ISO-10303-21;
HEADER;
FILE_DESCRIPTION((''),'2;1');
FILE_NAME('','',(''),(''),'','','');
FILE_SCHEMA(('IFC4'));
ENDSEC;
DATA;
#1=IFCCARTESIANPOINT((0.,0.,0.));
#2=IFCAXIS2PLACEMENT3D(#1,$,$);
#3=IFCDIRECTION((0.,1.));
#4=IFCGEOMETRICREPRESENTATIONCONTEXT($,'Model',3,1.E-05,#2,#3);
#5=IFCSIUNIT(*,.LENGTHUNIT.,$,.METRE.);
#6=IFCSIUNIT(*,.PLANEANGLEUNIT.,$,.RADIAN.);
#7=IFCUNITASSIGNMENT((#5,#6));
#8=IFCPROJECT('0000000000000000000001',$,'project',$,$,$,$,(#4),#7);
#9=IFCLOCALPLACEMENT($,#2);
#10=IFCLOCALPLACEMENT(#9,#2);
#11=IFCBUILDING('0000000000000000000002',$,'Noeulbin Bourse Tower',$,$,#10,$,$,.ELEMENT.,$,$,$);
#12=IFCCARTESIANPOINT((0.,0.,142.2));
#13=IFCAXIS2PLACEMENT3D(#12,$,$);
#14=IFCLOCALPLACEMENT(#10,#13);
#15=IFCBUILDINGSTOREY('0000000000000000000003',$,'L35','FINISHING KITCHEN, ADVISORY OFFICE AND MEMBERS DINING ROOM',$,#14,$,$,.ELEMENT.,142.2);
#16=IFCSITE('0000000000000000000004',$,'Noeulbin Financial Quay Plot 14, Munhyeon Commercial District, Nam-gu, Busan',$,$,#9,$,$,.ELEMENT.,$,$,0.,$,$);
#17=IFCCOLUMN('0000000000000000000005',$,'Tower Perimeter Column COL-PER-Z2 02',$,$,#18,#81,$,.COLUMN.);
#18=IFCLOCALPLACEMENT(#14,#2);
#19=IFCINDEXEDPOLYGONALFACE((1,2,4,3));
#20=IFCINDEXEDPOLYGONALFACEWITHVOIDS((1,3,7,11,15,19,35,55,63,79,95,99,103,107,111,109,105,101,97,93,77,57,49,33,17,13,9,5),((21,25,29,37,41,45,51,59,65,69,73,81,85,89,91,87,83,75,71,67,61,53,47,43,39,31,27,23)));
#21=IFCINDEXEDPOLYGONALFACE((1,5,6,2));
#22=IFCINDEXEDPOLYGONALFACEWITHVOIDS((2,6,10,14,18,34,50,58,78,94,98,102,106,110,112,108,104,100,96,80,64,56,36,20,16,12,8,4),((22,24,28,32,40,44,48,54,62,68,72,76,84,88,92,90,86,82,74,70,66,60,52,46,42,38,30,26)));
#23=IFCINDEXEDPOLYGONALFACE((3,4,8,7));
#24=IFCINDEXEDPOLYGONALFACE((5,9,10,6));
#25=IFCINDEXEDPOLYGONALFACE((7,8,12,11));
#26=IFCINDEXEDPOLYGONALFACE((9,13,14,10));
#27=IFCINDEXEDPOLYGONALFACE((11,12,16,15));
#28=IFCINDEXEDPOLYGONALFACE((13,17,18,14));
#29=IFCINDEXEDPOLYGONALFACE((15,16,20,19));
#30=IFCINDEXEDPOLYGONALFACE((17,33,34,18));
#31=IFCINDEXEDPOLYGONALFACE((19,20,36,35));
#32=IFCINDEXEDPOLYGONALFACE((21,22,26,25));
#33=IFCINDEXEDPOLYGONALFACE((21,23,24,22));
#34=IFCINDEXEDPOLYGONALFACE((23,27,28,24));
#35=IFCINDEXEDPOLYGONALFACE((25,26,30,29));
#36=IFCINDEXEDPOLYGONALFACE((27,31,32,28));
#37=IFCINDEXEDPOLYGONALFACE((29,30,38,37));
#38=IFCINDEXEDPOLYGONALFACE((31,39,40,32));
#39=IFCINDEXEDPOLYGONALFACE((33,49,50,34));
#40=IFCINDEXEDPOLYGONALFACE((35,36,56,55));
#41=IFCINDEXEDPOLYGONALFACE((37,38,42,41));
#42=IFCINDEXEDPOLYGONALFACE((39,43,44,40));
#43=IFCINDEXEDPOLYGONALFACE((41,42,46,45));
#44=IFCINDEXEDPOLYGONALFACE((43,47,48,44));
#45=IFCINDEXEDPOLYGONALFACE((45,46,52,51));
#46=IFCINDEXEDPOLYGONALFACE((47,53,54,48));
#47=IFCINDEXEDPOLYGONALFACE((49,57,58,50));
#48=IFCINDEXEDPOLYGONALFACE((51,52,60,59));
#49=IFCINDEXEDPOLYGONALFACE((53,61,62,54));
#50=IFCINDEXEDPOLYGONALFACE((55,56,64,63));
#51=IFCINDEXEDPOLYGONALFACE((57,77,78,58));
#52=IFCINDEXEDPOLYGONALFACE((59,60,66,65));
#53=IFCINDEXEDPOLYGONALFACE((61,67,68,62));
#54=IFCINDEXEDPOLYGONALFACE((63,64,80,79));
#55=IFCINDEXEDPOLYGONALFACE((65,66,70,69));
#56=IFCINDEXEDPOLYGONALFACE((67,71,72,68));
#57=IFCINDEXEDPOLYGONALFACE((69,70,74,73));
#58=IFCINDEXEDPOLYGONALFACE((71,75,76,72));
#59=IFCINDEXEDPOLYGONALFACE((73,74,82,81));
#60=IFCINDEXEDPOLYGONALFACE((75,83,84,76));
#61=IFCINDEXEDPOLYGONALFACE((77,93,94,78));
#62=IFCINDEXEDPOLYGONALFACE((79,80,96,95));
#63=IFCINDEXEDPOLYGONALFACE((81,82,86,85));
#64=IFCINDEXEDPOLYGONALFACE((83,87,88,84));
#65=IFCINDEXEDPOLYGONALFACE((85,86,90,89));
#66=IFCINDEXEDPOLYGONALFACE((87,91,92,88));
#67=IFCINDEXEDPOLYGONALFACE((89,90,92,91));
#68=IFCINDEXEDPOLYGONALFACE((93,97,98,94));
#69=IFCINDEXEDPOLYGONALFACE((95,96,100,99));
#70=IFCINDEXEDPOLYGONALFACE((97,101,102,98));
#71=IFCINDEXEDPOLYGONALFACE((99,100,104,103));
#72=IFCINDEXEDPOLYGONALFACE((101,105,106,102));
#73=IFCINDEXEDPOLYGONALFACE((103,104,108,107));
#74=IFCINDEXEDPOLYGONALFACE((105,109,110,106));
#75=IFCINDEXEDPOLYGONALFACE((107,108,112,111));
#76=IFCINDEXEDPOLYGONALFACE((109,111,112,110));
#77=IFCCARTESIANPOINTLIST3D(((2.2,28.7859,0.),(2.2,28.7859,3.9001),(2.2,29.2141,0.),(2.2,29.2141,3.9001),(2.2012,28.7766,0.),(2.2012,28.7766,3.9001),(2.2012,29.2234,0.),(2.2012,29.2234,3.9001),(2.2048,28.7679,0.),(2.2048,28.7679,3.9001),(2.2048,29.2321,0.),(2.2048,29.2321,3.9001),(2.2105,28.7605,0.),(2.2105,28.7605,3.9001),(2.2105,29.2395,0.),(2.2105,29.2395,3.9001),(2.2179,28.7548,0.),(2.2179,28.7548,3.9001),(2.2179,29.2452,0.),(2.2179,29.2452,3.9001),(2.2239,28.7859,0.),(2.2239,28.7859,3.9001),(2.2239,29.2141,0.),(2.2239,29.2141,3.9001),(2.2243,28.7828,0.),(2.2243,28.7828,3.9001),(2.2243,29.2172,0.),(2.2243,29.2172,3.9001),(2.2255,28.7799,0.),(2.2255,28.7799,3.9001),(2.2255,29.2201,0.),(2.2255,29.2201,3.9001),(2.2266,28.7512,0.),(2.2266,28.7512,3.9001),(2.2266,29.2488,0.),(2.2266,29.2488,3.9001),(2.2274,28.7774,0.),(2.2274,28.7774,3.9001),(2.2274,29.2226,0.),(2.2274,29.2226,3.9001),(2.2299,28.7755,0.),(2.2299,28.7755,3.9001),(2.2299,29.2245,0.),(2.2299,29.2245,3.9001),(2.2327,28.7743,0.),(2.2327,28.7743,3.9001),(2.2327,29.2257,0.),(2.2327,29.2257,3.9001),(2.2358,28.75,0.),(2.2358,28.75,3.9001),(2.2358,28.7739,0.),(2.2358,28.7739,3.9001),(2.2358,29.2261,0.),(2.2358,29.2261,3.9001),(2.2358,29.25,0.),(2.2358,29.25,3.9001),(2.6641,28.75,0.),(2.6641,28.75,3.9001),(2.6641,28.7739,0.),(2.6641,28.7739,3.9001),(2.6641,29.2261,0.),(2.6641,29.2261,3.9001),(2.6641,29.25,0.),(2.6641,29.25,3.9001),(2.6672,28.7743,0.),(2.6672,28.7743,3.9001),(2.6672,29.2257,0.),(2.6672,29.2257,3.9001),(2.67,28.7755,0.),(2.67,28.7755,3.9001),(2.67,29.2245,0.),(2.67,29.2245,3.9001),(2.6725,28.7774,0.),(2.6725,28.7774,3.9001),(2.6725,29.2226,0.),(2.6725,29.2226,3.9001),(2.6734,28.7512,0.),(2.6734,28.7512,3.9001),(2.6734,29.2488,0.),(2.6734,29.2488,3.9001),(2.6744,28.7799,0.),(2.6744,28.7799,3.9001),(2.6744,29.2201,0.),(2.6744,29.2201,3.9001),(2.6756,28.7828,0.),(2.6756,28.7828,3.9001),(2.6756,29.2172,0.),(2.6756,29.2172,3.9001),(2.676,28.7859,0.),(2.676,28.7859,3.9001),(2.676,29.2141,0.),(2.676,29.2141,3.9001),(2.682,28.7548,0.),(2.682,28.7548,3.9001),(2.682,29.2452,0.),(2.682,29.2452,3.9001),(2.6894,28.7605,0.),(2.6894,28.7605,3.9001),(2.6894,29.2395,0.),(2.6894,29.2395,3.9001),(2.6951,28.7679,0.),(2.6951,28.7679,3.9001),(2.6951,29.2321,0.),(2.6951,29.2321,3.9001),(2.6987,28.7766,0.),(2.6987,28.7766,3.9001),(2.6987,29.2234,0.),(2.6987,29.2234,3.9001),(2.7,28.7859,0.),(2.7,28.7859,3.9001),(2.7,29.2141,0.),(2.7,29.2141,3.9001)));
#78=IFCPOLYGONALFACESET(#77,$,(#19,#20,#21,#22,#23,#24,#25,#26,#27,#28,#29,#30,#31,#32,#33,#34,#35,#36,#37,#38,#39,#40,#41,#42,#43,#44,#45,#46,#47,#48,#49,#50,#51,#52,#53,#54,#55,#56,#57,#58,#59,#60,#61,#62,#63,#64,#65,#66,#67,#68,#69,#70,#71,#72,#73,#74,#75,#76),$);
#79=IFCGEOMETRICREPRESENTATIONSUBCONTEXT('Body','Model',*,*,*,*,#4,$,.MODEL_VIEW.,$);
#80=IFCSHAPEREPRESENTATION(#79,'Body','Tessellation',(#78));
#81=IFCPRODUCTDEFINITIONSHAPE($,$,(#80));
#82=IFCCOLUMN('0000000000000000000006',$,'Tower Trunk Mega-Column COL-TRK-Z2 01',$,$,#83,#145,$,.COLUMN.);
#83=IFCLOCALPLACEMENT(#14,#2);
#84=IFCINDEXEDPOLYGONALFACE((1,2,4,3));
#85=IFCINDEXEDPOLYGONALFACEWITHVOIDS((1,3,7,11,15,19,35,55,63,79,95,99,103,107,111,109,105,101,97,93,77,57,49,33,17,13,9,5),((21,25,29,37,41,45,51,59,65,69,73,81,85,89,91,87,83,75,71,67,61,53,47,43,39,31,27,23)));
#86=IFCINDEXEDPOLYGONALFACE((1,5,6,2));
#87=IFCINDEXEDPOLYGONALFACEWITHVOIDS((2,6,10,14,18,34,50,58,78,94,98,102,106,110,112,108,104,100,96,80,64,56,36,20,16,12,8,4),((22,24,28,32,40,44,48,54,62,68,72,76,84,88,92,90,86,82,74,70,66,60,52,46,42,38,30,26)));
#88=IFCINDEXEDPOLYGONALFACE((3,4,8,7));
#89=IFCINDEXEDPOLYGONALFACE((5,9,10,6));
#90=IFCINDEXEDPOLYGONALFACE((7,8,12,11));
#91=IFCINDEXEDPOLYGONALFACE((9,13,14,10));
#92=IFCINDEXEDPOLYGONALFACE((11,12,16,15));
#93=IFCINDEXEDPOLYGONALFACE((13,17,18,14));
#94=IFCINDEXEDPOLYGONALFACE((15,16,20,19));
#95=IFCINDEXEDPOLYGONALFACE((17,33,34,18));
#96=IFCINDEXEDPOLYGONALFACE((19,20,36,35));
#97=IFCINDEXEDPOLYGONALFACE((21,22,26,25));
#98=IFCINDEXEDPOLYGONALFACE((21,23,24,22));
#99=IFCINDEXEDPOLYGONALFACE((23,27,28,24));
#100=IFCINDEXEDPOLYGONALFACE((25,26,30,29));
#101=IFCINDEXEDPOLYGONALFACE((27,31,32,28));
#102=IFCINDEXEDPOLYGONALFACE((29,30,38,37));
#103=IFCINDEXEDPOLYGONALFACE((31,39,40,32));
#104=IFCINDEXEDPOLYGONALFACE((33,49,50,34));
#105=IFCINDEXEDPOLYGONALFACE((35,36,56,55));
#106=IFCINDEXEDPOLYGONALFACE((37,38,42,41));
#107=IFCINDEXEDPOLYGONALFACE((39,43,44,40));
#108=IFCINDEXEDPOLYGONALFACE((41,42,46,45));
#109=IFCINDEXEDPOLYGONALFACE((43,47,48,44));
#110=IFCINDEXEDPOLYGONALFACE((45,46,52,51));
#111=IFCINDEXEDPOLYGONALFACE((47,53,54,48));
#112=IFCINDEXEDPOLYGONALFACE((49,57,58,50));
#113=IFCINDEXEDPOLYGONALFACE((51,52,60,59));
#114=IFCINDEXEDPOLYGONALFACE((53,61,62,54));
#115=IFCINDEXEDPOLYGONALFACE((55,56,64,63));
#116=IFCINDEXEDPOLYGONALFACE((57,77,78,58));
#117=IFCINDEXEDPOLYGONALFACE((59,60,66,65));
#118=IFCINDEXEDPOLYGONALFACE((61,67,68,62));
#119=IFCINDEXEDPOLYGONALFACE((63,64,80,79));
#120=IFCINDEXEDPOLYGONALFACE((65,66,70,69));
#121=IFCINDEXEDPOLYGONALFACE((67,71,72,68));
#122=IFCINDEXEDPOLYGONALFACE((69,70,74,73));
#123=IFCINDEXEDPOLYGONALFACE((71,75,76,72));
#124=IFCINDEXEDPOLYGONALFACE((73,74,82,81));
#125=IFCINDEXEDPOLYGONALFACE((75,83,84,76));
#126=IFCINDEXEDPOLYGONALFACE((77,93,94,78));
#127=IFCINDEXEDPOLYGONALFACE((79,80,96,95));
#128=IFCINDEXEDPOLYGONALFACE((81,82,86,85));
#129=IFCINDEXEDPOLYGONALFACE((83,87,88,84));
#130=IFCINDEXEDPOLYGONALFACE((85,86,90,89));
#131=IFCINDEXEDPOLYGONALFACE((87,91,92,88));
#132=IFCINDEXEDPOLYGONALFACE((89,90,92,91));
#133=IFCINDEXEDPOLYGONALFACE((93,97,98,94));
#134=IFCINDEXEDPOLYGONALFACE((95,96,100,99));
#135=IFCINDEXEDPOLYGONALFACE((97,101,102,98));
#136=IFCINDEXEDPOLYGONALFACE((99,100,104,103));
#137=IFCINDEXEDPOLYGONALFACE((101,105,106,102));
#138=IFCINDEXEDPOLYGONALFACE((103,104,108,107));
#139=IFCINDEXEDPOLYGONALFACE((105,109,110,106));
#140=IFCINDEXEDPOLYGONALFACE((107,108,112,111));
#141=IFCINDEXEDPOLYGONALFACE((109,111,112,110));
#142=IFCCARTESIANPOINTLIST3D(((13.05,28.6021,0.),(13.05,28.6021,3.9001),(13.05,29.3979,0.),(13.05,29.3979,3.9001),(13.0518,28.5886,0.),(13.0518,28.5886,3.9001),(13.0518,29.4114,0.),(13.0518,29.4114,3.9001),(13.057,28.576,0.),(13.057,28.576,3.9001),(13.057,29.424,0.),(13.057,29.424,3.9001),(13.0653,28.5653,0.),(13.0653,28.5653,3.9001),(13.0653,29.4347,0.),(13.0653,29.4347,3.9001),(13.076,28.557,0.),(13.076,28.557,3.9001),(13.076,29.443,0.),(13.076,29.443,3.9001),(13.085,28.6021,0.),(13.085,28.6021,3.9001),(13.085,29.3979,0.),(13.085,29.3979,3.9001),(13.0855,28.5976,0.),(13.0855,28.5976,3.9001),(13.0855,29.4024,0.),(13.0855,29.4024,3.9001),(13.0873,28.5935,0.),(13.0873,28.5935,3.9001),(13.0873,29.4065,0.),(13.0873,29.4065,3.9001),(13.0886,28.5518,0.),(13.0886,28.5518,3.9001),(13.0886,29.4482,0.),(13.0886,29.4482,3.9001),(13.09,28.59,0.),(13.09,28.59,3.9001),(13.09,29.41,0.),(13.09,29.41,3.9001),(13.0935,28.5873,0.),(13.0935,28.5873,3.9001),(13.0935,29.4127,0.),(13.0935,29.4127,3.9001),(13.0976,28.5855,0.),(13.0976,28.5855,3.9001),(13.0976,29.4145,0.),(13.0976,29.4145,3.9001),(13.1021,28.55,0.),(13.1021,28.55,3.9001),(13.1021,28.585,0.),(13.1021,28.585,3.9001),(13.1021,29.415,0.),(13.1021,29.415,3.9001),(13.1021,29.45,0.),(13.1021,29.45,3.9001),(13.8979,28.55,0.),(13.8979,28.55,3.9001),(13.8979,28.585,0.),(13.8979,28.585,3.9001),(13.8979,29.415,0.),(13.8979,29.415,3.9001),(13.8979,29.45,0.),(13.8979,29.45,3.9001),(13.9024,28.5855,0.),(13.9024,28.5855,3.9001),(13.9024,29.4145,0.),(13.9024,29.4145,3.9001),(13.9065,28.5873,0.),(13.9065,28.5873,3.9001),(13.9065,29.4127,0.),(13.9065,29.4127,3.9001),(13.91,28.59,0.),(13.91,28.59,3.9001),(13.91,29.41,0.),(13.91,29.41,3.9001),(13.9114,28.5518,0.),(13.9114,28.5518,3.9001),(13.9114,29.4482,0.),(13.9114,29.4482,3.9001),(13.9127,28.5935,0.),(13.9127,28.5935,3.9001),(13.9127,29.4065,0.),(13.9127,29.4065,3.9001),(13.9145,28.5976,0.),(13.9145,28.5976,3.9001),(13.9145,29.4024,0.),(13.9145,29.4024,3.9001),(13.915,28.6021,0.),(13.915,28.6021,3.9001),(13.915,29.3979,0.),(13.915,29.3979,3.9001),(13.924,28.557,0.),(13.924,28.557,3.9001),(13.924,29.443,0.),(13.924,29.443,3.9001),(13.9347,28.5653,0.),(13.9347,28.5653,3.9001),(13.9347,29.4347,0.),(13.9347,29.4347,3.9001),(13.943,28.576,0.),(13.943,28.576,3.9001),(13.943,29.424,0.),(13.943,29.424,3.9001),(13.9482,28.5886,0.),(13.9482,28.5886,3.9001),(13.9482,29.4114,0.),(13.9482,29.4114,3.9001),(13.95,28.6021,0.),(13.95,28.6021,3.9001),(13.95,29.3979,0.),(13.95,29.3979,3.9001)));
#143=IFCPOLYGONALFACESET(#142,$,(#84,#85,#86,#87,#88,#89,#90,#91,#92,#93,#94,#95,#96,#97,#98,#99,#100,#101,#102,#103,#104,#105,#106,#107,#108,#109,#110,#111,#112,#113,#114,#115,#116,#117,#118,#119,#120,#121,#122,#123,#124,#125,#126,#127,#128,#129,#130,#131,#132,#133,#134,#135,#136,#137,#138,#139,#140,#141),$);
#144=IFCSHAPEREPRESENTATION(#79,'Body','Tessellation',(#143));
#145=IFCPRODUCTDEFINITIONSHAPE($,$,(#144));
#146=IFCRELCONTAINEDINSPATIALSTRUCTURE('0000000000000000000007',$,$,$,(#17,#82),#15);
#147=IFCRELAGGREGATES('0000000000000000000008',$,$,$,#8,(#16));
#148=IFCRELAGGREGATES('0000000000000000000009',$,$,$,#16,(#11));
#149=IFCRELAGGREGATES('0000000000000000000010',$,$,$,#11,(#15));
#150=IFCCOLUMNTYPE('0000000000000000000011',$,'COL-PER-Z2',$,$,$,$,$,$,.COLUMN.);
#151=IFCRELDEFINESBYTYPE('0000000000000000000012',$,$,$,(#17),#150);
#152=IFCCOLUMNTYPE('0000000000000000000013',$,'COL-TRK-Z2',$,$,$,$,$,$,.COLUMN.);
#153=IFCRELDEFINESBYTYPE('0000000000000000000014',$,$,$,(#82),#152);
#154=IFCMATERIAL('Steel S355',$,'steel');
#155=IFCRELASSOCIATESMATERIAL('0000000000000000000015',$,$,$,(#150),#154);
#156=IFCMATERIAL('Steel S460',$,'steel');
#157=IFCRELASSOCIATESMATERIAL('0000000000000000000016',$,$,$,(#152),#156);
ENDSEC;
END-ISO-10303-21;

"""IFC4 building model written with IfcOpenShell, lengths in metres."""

from ifc_helpers import new_model, si_unit, direction, frame, origin, origin_2d, place, context, subcontext, project, spatial, hollow_rectangle, extrude, material, material_profile, profile_set, type_object, element, save


model = new_model("IFC4")

# Units and contexts
model_context = context("Model", 3, precision=1e-05, world=origin(), true_north=direction((0.0, 1.0)))
body_context = subcontext(model_context, "Body", "Model", "MODEL_VIEW")
ifc_project = project(units=[si_unit("LENGTHUNIT", "METRE"), si_unit("PLANEANGLEUNIT", "RADIAN")], contexts=[model_context])

# Site, building, storey
site_placement = place(None, origin())
site = spatial("IfcSite", under=ifc_project, at=site_placement, Name="Noeulbin Financial Quay Plot 14, Munhyeon Commercial District, Nam-gu, Busan", CompositionType="ELEMENT", RefElevation=0.0)
building_placement = place(site_placement, origin())
building = spatial("IfcBuilding", under=site, at=building_placement, Name="Noeulbin Bourse Tower", CompositionType="ELEMENT")
storey_placement = place(building_placement, frame((0.0, 0.0, 142.2)))
storey = spatial("IfcBuildingStorey", under=building, at=storey_placement, Name="L35", Description="FINISHING KITCHEN, ADVISORY OFFICE AND MEMBERS DINING ROOM", CompositionType="ELEMENT", Elevation=142.2)

# Columns
ifc_material_1 = material(Name="Steel S355", Category="steel")
ifc_material_profile_1 = material_profile(ifc_material_1, hollow_rectangle(XDim=0.5, YDim=0.5, WallThickness=0.0239, InnerFilletRadius=0.012, OuterFilletRadius=0.0359, at=origin_2d()), Name="BOX-500x500x24", Category="LoadBearing")
ifc_profile_set_1 = profile_set([ifc_material_profile_1], Name="Steel S355")
column_type_1 = type_object("IfcColumnType", Name="COL-PER-Z2", PredefinedType="COLUMN", material=ifc_profile_set_1)
column_placement = place(storey_placement, frame((2.45, 29.0, 0.0), z_axis=(0.0, 0.0, 1.0), x_axis=(1.0, 0.0, 0.0)))
element("IfcColumn", 1, at=column_placement, inside=storey, type_object=column_type_1, Name="Tower Perimeter Column COL-PER-Z2 02", PredefinedType="COLUMN", context=body_context, shape_type="SweptSolid", body=[
    extrude(hollow_rectangle(XDim=0.5, YDim=0.5, WallThickness=0.0239, InnerFilletRadius=0.012, OuterFilletRadius=0.0359, at=origin_2d()), origin(), (0.0, 0.0, 1.0), 3.9001),
])
ifc_material_2 = material(Name="Steel S460", Category="steel")
ifc_material_profile_2 = material_profile(ifc_material_2, hollow_rectangle(XDim=0.8999, YDim=0.8999, WallThickness=0.0349, InnerFilletRadius=0.0171, OuterFilletRadius=0.052, at=origin_2d()), Name="BOX-900x900x35", Category="LoadBearing")
ifc_profile_set_2 = profile_set([ifc_material_profile_2], Name="Steel S460")
column_type_2 = type_object("IfcColumnType", Name="COL-TRK-Z2", PredefinedType="COLUMN", material=ifc_profile_set_2)
for number, where, z_axis, x_axis, name in (
    (2, (13.5, 29.0, 0.0), (0.0, 0.0, 1.0), (1.0, 0.0, 0.0), "Tower Trunk Mega-Column COL-TRK-Z2 01"),
):
    element("IfcColumn", number, at=place(storey_placement, frame(where, z_axis=z_axis, x_axis=x_axis)), inside=storey, type_object=column_type_2, Name=name, PredefinedType="COLUMN", context=body_context, shape_type="SweptSolid", body=[
        extrude(hollow_rectangle(XDim=0.8999, YDim=0.8999, WallThickness=0.0349, InnerFilletRadius=0.0171, OuterFilletRadius=0.052, at=origin_2d()), origin(), (0.0, 0.0, 1.0), 3.9001),
    ])

save(model, "model.ifc")
